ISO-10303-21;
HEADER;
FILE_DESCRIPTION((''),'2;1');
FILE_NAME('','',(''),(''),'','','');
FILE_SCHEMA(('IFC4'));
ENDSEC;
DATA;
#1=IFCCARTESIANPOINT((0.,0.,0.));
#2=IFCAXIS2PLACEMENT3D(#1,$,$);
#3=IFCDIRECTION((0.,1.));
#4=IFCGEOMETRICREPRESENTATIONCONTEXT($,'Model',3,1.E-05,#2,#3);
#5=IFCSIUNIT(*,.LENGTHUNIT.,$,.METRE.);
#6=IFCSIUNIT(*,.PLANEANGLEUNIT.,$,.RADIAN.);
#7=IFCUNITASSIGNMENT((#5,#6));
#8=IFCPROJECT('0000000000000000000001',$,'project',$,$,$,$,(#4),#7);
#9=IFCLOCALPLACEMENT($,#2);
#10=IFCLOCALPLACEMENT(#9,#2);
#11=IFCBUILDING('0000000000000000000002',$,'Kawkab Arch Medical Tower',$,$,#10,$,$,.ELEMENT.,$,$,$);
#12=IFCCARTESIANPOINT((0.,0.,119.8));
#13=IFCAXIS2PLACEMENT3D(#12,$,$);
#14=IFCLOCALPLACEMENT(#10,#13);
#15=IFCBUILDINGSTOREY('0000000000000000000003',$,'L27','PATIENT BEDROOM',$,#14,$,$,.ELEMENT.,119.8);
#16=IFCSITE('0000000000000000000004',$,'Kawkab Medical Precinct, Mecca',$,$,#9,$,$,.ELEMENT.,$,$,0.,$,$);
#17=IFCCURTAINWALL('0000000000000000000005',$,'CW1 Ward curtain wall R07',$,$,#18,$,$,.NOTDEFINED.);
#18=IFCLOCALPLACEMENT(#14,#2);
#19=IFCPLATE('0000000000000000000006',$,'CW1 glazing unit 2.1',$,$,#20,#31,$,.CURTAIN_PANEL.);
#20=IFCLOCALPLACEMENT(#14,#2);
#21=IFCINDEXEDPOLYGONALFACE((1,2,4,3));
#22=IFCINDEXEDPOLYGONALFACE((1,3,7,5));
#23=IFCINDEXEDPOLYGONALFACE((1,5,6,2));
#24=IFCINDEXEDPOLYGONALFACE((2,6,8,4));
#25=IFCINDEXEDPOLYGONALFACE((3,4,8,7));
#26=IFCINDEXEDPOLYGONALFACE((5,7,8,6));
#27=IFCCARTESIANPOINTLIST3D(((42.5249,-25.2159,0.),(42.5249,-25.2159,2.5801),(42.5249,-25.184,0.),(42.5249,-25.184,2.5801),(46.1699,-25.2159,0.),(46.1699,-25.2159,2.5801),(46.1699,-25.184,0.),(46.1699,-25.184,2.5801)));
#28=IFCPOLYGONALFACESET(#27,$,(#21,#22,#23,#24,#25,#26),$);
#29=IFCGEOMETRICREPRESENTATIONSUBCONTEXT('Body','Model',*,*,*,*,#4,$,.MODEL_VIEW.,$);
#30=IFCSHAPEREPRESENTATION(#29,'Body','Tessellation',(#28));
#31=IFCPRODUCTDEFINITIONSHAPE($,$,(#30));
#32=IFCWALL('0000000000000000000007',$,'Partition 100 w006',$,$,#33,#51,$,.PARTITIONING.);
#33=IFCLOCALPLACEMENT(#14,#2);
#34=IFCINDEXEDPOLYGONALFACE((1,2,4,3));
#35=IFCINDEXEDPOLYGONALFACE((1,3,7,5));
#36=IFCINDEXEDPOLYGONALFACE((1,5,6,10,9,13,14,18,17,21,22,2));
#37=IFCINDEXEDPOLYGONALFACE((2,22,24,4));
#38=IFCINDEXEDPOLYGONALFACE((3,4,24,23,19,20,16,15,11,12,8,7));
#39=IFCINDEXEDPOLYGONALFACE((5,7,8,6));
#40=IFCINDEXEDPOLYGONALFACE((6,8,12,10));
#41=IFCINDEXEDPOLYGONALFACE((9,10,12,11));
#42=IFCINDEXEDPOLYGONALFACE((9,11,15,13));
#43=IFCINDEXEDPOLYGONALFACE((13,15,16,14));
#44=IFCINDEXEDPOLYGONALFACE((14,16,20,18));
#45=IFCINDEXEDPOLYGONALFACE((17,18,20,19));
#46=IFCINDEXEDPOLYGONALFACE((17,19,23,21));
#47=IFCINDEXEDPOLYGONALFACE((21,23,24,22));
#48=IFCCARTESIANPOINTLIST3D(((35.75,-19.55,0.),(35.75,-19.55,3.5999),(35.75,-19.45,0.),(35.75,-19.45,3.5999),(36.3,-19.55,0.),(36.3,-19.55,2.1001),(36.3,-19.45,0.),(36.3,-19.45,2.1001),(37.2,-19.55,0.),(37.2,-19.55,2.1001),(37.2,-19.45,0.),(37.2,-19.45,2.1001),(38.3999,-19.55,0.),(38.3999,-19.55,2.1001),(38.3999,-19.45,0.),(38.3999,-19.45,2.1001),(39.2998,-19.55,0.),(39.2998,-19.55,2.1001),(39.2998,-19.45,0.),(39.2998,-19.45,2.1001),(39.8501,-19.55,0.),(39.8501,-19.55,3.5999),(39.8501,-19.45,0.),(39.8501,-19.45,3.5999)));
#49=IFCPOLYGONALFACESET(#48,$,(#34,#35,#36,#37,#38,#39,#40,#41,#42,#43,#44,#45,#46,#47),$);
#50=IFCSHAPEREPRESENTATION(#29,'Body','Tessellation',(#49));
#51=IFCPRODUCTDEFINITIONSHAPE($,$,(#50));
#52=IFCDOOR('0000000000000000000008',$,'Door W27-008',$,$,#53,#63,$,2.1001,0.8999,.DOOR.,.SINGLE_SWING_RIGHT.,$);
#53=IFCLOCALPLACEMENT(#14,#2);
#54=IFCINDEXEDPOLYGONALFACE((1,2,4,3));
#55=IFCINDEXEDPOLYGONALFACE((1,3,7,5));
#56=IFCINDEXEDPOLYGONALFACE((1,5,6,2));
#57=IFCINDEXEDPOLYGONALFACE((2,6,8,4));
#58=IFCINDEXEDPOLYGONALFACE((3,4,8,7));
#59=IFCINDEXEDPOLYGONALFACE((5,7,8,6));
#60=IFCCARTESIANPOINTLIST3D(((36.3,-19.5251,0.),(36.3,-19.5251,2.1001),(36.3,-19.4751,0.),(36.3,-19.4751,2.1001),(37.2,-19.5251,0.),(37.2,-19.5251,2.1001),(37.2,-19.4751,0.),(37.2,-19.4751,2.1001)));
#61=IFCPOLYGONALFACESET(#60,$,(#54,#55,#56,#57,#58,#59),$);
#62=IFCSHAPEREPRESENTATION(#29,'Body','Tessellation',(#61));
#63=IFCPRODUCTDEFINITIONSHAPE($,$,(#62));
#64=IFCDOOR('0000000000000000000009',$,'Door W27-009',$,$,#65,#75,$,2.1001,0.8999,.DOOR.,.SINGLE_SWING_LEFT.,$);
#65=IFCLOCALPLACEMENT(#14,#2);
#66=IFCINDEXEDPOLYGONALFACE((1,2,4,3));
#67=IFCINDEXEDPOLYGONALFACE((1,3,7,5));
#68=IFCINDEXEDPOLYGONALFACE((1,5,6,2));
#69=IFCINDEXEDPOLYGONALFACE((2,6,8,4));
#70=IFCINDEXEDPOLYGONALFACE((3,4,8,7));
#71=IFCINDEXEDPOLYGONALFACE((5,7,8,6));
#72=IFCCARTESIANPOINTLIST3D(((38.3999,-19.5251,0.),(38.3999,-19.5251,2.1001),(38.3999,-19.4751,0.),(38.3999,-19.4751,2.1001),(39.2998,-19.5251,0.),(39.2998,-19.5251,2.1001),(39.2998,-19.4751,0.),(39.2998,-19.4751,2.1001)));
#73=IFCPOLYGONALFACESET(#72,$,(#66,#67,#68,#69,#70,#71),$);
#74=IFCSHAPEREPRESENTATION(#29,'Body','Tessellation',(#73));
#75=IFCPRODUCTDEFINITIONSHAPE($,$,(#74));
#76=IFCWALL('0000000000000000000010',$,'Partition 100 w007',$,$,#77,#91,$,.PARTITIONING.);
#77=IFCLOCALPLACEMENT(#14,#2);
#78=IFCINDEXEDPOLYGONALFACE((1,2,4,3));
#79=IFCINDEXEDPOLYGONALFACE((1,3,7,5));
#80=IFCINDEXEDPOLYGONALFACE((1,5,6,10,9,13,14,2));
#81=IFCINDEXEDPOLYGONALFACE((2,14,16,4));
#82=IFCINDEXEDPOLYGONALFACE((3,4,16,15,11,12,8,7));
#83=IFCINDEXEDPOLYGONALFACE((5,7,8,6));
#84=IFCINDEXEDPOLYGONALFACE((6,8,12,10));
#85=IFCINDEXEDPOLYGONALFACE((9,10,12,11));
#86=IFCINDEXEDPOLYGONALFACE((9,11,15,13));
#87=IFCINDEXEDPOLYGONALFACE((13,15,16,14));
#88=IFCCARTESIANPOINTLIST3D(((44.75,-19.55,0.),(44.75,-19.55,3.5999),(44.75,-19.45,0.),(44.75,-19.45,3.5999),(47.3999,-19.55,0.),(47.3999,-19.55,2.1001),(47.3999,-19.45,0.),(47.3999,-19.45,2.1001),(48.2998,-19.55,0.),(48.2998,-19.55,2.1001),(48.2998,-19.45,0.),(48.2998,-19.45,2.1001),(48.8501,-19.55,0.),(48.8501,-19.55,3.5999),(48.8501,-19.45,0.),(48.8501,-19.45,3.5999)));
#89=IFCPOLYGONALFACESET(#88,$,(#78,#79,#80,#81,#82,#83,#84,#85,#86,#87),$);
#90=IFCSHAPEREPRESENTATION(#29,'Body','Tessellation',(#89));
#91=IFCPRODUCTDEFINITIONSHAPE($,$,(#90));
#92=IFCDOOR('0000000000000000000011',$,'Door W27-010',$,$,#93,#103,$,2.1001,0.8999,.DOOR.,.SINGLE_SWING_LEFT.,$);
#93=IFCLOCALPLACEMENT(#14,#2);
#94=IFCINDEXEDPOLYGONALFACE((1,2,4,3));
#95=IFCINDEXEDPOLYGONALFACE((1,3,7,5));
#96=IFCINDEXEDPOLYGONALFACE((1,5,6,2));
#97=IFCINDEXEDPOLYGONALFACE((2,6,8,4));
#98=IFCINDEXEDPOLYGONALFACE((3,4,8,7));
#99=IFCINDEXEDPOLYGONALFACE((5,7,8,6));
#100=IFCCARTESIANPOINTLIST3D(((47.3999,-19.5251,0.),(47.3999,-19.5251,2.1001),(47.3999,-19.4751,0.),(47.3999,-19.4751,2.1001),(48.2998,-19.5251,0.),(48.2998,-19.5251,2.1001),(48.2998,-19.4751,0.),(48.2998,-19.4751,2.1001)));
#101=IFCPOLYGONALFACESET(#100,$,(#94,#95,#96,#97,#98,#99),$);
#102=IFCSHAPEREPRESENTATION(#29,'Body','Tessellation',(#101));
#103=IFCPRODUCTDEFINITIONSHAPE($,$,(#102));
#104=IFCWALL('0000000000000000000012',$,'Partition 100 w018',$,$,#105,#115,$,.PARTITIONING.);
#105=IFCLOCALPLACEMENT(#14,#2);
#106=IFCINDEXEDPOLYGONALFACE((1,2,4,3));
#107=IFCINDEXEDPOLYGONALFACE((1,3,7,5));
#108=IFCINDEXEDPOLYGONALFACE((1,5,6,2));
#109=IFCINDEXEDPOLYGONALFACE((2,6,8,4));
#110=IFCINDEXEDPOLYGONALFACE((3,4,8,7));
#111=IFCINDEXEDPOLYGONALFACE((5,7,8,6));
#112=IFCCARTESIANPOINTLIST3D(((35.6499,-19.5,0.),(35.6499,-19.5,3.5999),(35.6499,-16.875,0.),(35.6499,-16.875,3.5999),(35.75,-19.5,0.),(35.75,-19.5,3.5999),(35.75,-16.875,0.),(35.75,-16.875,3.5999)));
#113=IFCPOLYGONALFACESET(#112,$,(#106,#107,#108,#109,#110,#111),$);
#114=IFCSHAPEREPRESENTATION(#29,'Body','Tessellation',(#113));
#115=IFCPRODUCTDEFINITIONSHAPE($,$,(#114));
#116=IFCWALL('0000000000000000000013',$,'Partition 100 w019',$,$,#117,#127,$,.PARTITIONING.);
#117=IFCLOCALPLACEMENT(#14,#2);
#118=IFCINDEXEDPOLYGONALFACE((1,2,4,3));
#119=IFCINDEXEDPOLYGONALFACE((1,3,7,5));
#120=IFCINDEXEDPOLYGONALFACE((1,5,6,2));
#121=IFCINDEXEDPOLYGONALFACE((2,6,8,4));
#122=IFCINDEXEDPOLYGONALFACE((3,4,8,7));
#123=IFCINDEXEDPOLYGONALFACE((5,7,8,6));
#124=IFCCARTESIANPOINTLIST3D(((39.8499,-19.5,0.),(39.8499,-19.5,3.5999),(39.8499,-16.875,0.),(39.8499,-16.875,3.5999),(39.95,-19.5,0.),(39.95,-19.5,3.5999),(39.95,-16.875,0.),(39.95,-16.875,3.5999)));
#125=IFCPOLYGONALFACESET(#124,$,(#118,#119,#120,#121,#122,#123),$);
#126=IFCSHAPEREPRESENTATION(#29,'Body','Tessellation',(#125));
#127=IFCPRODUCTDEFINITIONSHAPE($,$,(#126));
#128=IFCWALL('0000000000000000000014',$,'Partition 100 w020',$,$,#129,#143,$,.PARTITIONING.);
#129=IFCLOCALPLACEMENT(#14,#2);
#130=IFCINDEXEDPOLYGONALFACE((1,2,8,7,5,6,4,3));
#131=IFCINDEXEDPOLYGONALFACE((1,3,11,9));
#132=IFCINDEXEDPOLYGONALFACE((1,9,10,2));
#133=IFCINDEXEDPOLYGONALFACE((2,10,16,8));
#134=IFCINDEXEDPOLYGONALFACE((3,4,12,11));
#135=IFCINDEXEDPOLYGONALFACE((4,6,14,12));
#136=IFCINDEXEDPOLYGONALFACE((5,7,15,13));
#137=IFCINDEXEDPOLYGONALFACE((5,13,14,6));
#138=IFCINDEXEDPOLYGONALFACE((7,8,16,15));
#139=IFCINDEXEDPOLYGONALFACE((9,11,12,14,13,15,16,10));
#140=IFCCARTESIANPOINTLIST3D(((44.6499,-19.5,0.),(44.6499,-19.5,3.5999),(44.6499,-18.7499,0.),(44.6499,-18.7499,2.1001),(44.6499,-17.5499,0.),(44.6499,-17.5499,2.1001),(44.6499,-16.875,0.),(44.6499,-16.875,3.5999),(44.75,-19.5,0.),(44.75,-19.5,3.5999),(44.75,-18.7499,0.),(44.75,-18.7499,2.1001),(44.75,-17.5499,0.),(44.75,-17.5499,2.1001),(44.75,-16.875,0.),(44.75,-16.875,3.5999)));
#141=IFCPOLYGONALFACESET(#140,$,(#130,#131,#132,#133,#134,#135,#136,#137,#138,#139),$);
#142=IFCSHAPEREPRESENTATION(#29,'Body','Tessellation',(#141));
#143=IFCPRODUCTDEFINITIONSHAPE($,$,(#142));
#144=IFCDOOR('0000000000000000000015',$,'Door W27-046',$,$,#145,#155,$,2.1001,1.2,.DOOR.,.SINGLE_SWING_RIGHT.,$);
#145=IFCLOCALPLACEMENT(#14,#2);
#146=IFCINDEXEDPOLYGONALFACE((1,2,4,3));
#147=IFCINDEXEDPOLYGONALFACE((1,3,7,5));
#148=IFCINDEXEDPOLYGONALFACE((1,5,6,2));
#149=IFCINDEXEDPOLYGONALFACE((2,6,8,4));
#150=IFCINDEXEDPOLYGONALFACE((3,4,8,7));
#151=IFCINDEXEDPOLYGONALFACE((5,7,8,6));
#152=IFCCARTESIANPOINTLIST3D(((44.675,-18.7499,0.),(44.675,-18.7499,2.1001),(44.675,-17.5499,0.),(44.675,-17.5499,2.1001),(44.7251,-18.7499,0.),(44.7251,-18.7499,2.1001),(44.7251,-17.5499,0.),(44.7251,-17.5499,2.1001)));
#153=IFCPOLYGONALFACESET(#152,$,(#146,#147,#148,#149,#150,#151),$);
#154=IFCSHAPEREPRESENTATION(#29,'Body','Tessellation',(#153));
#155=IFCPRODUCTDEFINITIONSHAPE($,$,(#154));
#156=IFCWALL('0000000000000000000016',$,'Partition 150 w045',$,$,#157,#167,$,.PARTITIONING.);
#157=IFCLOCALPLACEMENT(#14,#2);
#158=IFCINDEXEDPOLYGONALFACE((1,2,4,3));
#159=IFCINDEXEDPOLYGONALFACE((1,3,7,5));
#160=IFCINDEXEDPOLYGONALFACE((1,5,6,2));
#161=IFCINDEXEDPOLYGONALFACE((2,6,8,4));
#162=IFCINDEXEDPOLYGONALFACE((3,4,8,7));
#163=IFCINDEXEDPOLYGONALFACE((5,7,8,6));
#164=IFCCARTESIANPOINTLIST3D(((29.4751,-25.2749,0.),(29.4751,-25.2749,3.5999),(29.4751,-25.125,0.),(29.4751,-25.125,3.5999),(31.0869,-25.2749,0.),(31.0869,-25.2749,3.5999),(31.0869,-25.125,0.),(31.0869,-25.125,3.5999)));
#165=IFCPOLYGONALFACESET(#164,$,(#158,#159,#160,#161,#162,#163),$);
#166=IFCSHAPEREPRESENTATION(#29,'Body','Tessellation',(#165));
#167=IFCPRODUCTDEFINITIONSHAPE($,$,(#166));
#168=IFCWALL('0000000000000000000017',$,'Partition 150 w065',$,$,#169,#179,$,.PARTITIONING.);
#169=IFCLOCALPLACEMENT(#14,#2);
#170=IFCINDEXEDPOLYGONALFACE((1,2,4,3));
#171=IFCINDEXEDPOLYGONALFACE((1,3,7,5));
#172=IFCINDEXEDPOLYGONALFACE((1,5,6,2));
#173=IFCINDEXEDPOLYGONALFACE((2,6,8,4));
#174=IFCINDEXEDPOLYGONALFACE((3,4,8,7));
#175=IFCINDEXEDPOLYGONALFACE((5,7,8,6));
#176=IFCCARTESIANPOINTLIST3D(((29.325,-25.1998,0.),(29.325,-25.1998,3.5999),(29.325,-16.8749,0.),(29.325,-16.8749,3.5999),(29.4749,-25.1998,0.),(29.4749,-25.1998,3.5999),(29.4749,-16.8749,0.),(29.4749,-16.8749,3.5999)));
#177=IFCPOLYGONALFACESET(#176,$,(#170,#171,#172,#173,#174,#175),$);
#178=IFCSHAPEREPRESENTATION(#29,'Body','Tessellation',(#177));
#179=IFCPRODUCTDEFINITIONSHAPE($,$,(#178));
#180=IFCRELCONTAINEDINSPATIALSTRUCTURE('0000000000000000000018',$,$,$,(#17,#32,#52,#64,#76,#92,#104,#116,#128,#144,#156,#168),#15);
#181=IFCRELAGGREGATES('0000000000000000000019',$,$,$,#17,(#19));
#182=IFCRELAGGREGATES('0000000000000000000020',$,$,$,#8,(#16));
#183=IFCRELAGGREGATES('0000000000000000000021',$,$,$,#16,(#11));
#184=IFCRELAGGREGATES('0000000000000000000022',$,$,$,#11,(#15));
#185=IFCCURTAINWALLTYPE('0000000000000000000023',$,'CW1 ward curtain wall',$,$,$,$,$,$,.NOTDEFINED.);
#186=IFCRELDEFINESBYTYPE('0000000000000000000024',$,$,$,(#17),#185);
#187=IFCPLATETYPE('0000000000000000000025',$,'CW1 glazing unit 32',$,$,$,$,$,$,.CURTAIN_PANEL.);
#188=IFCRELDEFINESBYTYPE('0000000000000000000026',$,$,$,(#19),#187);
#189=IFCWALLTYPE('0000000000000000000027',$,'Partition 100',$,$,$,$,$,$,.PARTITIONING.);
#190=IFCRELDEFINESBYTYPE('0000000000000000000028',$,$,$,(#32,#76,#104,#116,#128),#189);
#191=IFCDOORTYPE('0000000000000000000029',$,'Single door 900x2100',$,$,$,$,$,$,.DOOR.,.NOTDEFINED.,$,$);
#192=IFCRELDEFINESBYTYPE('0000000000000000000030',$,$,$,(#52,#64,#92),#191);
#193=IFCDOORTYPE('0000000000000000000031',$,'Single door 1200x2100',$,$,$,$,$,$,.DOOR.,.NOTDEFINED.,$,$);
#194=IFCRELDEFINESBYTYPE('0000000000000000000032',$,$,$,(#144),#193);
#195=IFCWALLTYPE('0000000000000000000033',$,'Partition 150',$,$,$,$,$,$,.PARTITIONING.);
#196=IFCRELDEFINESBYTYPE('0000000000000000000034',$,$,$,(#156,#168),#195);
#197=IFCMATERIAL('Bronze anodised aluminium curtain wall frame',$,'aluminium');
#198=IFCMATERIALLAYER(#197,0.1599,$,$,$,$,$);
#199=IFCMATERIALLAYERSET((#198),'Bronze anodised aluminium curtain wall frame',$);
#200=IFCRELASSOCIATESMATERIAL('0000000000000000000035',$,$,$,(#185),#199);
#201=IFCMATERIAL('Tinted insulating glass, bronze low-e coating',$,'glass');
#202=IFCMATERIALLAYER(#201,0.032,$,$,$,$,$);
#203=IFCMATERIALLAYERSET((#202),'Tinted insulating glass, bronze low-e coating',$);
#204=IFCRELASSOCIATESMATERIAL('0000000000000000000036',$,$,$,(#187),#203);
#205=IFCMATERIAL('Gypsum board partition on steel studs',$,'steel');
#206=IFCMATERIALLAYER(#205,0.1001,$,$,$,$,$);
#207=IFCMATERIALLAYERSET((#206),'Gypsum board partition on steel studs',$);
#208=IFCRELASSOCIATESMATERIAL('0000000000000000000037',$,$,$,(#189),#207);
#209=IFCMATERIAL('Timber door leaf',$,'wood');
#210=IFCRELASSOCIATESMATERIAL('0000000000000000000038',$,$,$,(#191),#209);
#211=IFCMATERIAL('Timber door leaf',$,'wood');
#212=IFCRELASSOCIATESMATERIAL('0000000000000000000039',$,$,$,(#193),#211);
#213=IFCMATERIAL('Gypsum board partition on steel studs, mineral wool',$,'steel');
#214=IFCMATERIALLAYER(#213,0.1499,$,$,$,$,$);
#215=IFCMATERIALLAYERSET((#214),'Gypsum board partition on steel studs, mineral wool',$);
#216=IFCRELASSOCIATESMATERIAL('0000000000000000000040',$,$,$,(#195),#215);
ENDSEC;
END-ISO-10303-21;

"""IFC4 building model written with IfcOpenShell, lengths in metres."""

from ifc_helpers import new_model, si_unit, direction, frame, frame_2d, origin, origin_2d, place, context, subcontext, project, spatial, rectangle, extrude, material, layer, layer_set, type_object, element, fill, aggregate, save


model = new_model("IFC4")

# Units and contexts
model_context = context("Model", 3, precision=1e-05, world=origin(), true_north=direction((0.0, 1.0)))
body_context = subcontext(model_context, "Body", "Model", "MODEL_VIEW")
ifc_project = project(units=[si_unit("LENGTHUNIT", "METRE"), si_unit("PLANEANGLEUNIT", "RADIAN")], contexts=[model_context])

# Site, building, storey
site_placement = place(None, origin())
site = spatial("IfcSite", under=ifc_project, at=site_placement, Name="Kawkab Medical Precinct, Mecca", CompositionType="ELEMENT", RefElevation=0.0)
building_placement = place(site_placement, origin())
building = spatial("IfcBuilding", under=site, at=building_placement, Name="Kawkab Arch Medical Tower", CompositionType="ELEMENT")
storey_placement = place(building_placement, frame((0.0, 0.0, 119.8)))
storey = spatial("IfcBuildingStorey", under=building, at=storey_placement, Name="L27", Description="PATIENT BEDROOM", CompositionType="ELEMENT", Elevation=119.8)

# Curtain wall
ifc_material_1 = material(Name="Bronze anodised aluminium curtain wall frame", Category="aluminium")
ifc_layer_1 = layer(ifc_material_1, 0.1599)
ifc_layer_set_1 = layer_set([ifc_layer_1], Name="Bronze anodised aluminium curtain wall frame")
curtain_wall_type = type_object("IfcCurtainWallType", Name="CW1 ward curtain wall", PredefinedType="NOTDEFINED", material=ifc_layer_set_1)
curtain_wall_placement = place(storey_placement, origin())
curtain_wall = element("IfcCurtainWall", 1, at=curtain_wall_placement, inside=storey, type_object=curtain_wall_type, Name="CW1 Ward curtain wall R07", PredefinedType="NOTDEFINED")

# Plate
ifc_material_2 = material(Name="Tinted insulating glass, bronze low-e coating", Category="glass")
ifc_layer_2 = layer(ifc_material_2, 0.032)
ifc_layer_set_2 = layer_set([ifc_layer_2], Name="Tinted insulating glass, bronze low-e coating")
plate_type = type_object("IfcPlateType", Name="CW1 glazing unit 32", PredefinedType="CURTAIN_PANEL", material=ifc_layer_set_2)
plate_1_placement = place(storey_placement, frame((44.3474, -25.2, 0.0), z_axis=(0.0, 0.0, 1.0), x_axis=(1.0, 0.0, 0.0)))
plate_1 = element("IfcPlate", 2, at=plate_1_placement, type_object=plate_type, Name="CW1 glazing unit 2.1", PredefinedType="CURTAIN_PANEL", context=body_context, shape_type="SweptSolid", body=[
    extrude(rectangle(XDim=3.645, YDim=0.032, at=origin_2d()), origin(), (0.0, 0.0, 1.0), 2.5801),
])
aggregate(curtain_wall, [plate_1])

# Wall, openings, doors
ifc_material_3 = material(Name="Gypsum board partition on steel studs", Category="steel")
ifc_layer_3 = layer(ifc_material_3, 0.1001)
ifc_layer_set_3 = layer_set([ifc_layer_3], Name="Gypsum board partition on steel studs")
wall_type_1 = type_object("IfcWallType", Name="Partition 100", PredefinedType="PARTITIONING", material=ifc_layer_set_3)
wall_1_placement = place(storey_placement, frame((35.75, -19.5, 0.0), z_axis=(0.0, 0.0, 1.0), x_axis=(1.0, 0.0, 0.0)))
wall_1 = element("IfcWall", 3, at=wall_1_placement, inside=storey, type_object=wall_type_1, Name="Partition 100 w006", PredefinedType="PARTITIONING", context=body_context, shape_type="SweptSolid", body=[
    extrude(rectangle(XDim=4.1001, YDim=0.1001, at=frame_2d((2.05, 0.0))), origin(), (0.0, 0.0, 1.0), 3.5999),
])
opening_1_placement = place(wall_1_placement, frame((0.55, 0.0, 0.0)))
opening_1 = element("IfcOpeningElement", 4, at=opening_1_placement, cuts=wall_1, PredefinedType="OPENING", context=body_context, shape_type="SweptSolid", body=[
    extrude(rectangle(XDim=0.8999, YDim=2.1001, at=frame_2d((0.45, 1.05))), frame((0.0, 0.0601, 0.0), z_axis=(0.0, -1.0, 0.0), x_axis=(1.0, 0.0, 0.0)), (0.0, 0.0, 1.0), 0.1201),
])
opening_2_placement = place(wall_1_placement, frame((2.6499, 0.0, 0.0)))
opening_2 = element("IfcOpeningElement", 5, at=opening_2_placement, cuts=wall_1, PredefinedType="OPENING", context=body_context, shape_type="SweptSolid", body=[
    extrude(rectangle(XDim=0.8999, YDim=2.1001, at=frame_2d((0.45, 1.05))), frame((0.0, 0.0601, 0.0), z_axis=(0.0, -1.0, 0.0), x_axis=(1.0, 0.0, 0.0)), (0.0, 0.0, 1.0), 0.1201),
])
ifc_material_4 = material(Name="Timber door leaf", Category="wood")
door_type_1 = type_object("IfcDoorType", Name="Single door 900x2100", OperationType="NOTDEFINED", PredefinedType="DOOR", material=ifc_material_4)
door_1_placement = place(opening_1_placement, origin())
door_1 = element("IfcDoor", 6, at=door_1_placement, inside=storey, type_object=door_type_1, Name="Door W27-008", OperationType="SINGLE_SWING_RIGHT", OverallHeight=2.1001, OverallWidth=0.8999, PredefinedType="DOOR", context=body_context, shape_type="SweptSolid", body=[
    extrude(rectangle(XDim=0.8999, YDim=2.1001, at=frame_2d((0.45, 1.05))), frame((0.0, 0.0249, 0.0), z_axis=(0.0, -1.0, 0.0), x_axis=(1.0, 0.0, 0.0)), (0.0, 0.0, 1.0), 0.05),
])
fill(opening_1, door_1)
door_2_placement = place(opening_2_placement, origin())
door_2 = element("IfcDoor", 7, at=door_2_placement, inside=storey, type_object=door_type_1, Name="Door W27-009", OperationType="SINGLE_SWING_LEFT", OverallHeight=2.1001, OverallWidth=0.8999, PredefinedType="DOOR", context=body_context, shape_type="SweptSolid", body=[
    extrude(rectangle(XDim=0.8999, YDim=2.1001, at=frame_2d((0.45, 1.05))), frame((0.0, 0.0249, 0.0), z_axis=(0.0, -1.0, 0.0), x_axis=(1.0, 0.0, 0.0)), (0.0, 0.0, 1.0), 0.05),
])
fill(opening_2, door_2)

# Wall, opening, door
wall_2_placement = place(storey_placement, frame((44.75, -19.5, 0.0), z_axis=(0.0, 0.0, 1.0), x_axis=(1.0, 0.0, 0.0)))
wall_2 = element("IfcWall", 8, at=wall_2_placement, inside=storey, type_object=wall_type_1, Name="Partition 100 w007", PredefinedType="PARTITIONING", context=body_context, shape_type="SweptSolid", body=[
    extrude(rectangle(XDim=4.1001, YDim=0.1001, at=frame_2d((2.05, 0.0))), origin(), (0.0, 0.0, 1.0), 3.5999),
])
opening_3_placement = place(wall_2_placement, frame((2.6499, 0.0, 0.0)))
opening_3 = element("IfcOpeningElement", 9, at=opening_3_placement, cuts=wall_2, PredefinedType="OPENING", context=body_context, shape_type="SweptSolid", body=[
    extrude(rectangle(XDim=0.8999, YDim=2.1001, at=frame_2d((0.45, 1.05))), frame((0.0, 0.0601, 0.0), z_axis=(0.0, -1.0, 0.0), x_axis=(1.0, 0.0, 0.0)), (0.0, 0.0, 1.0), 0.1201),
])
door_3_placement = place(opening_3_placement, origin())
door_3 = element("IfcDoor", 10, at=door_3_placement, inside=storey, type_object=door_type_1, Name="Door W27-010", OperationType="SINGLE_SWING_LEFT", OverallHeight=2.1001, OverallWidth=0.8999, PredefinedType="DOOR", context=body_context, shape_type="SweptSolid", body=[
    extrude(rectangle(XDim=0.8999, YDim=2.1001, at=frame_2d((0.45, 1.05))), frame((0.0, 0.0249, 0.0), z_axis=(0.0, -1.0, 0.0), x_axis=(1.0, 0.0, 0.0)), (0.0, 0.0, 1.0), 0.05),
])
fill(opening_3, door_3)

# Walls
for number, where, z_axis, x_axis, name in (
    (11, (35.7, -19.5, 0.0), (0.0, 0.0, 1.0), (0.0, 1.0, 0.0), "Partition 100 w018"),
    (12, (39.8999, -19.5, 0.0), (0.0, 0.0, 1.0), (0.0, 1.0, 0.0), "Partition 100 w019"),
):
    element("IfcWall", number, at=place(storey_placement, frame(where, z_axis=z_axis, x_axis=x_axis)), inside=storey, type_object=wall_type_1, Name=name, PredefinedType="PARTITIONING", context=body_context, shape_type="SweptSolid", body=[
        extrude(rectangle(XDim=2.625, YDim=0.1001, at=frame_2d((1.3125, 0.0))), origin(), (0.0, 0.0, 1.0), 3.5999),
    ])

# Wall, opening, door
wall_3_placement = place(storey_placement, frame((44.7, -19.5, 0.0), z_axis=(0.0, 0.0, 1.0), x_axis=(0.0, 1.0, 0.0)))
wall_3 = element("IfcWall", 13, at=wall_3_placement, inside=storey, type_object=wall_type_1, Name="Partition 100 w020", PredefinedType="PARTITIONING", context=body_context, shape_type="SweptSolid", body=[
    extrude(rectangle(XDim=2.625, YDim=0.1001, at=frame_2d((1.3125, 0.0))), origin(), (0.0, 0.0, 1.0), 3.5999),
])
opening_4_placement = place(wall_3_placement, frame((0.75, 0.0, 0.0)))
opening_4 = element("IfcOpeningElement", 14, at=opening_4_placement, cuts=wall_3, PredefinedType="OPENING", context=body_context, shape_type="SweptSolid", body=[
    extrude(rectangle(XDim=1.2, YDim=2.1001, at=frame_2d((0.6001, 1.05))), frame((0.0, 0.0601, 0.0), z_axis=(0.0, -1.0, 0.0), x_axis=(1.0, 0.0, 0.0)), (0.0, 0.0, 1.0), 0.1201),
])
ifc_material_5 = material(Name="Timber door leaf", Category="wood")
door_type_2 = type_object("IfcDoorType", Name="Single door 1200x2100", OperationType="NOTDEFINED", PredefinedType="DOOR", material=ifc_material_5)
door_4_placement = place(opening_4_placement, origin())
door_4 = element("IfcDoor", 15, at=door_4_placement, inside=storey, type_object=door_type_2, Name="Door W27-046", OperationType="SINGLE_SWING_RIGHT", OverallHeight=2.1001, OverallWidth=1.2, PredefinedType="DOOR", context=body_context, shape_type="SweptSolid", body=[
    extrude(rectangle(XDim=1.2, YDim=2.1001, at=frame_2d((0.6001, 1.05))), frame((0.0, 0.0249, 0.0), z_axis=(0.0, -1.0, 0.0), x_axis=(1.0, 0.0, 0.0)), (0.0, 0.0, 1.0), 0.05),
])
fill(opening_4, door_4)

# Walls
ifc_material_6 = material(Name="Gypsum board partition on steel studs, mineral wool", Category="steel")
ifc_layer_4 = layer(ifc_material_6, 0.1499)
ifc_layer_set_4 = layer_set([ifc_layer_4], Name="Gypsum board partition on steel studs, mineral wool")
wall_type_2 = type_object("IfcWallType", Name="Partition 150", PredefinedType="PARTITIONING", material=ifc_layer_set_4)
wall_4_placement = place(storey_placement, frame((29.4751, -25.2, 0.0), z_axis=(0.0, 0.0, 1.0), x_axis=(1.0, 0.0, 0.0)))
element("IfcWall", 16, at=wall_4_placement, inside=storey, type_object=wall_type_2, Name="Partition 150 w045", PredefinedType="PARTITIONING", context=body_context, shape_type="SweptSolid", body=[
    extrude(rectangle(XDim=1.6118, YDim=0.1499, at=frame_2d((0.8059, 0.0))), origin(), (0.0, 0.0, 1.0), 3.5999),
])
wall_5_placement = place(storey_placement, frame((29.3999, -25.2, 0.0), z_axis=(0.0, 0.0, 1.0), x_axis=(0.0, 1.0, 0.0)))
element("IfcWall", 17, at=wall_5_placement, inside=storey, type_object=wall_type_2, Name="Partition 150 w065", PredefinedType="PARTITIONING", context=body_context, shape_type="SweptSolid", body=[
    extrude(rectangle(XDim=8.325, YDim=0.1499, at=frame_2d((4.1626, 0.0))), origin(), (0.0, 0.0, 1.0), 3.5999),
])

save(model, "model.ifc")
